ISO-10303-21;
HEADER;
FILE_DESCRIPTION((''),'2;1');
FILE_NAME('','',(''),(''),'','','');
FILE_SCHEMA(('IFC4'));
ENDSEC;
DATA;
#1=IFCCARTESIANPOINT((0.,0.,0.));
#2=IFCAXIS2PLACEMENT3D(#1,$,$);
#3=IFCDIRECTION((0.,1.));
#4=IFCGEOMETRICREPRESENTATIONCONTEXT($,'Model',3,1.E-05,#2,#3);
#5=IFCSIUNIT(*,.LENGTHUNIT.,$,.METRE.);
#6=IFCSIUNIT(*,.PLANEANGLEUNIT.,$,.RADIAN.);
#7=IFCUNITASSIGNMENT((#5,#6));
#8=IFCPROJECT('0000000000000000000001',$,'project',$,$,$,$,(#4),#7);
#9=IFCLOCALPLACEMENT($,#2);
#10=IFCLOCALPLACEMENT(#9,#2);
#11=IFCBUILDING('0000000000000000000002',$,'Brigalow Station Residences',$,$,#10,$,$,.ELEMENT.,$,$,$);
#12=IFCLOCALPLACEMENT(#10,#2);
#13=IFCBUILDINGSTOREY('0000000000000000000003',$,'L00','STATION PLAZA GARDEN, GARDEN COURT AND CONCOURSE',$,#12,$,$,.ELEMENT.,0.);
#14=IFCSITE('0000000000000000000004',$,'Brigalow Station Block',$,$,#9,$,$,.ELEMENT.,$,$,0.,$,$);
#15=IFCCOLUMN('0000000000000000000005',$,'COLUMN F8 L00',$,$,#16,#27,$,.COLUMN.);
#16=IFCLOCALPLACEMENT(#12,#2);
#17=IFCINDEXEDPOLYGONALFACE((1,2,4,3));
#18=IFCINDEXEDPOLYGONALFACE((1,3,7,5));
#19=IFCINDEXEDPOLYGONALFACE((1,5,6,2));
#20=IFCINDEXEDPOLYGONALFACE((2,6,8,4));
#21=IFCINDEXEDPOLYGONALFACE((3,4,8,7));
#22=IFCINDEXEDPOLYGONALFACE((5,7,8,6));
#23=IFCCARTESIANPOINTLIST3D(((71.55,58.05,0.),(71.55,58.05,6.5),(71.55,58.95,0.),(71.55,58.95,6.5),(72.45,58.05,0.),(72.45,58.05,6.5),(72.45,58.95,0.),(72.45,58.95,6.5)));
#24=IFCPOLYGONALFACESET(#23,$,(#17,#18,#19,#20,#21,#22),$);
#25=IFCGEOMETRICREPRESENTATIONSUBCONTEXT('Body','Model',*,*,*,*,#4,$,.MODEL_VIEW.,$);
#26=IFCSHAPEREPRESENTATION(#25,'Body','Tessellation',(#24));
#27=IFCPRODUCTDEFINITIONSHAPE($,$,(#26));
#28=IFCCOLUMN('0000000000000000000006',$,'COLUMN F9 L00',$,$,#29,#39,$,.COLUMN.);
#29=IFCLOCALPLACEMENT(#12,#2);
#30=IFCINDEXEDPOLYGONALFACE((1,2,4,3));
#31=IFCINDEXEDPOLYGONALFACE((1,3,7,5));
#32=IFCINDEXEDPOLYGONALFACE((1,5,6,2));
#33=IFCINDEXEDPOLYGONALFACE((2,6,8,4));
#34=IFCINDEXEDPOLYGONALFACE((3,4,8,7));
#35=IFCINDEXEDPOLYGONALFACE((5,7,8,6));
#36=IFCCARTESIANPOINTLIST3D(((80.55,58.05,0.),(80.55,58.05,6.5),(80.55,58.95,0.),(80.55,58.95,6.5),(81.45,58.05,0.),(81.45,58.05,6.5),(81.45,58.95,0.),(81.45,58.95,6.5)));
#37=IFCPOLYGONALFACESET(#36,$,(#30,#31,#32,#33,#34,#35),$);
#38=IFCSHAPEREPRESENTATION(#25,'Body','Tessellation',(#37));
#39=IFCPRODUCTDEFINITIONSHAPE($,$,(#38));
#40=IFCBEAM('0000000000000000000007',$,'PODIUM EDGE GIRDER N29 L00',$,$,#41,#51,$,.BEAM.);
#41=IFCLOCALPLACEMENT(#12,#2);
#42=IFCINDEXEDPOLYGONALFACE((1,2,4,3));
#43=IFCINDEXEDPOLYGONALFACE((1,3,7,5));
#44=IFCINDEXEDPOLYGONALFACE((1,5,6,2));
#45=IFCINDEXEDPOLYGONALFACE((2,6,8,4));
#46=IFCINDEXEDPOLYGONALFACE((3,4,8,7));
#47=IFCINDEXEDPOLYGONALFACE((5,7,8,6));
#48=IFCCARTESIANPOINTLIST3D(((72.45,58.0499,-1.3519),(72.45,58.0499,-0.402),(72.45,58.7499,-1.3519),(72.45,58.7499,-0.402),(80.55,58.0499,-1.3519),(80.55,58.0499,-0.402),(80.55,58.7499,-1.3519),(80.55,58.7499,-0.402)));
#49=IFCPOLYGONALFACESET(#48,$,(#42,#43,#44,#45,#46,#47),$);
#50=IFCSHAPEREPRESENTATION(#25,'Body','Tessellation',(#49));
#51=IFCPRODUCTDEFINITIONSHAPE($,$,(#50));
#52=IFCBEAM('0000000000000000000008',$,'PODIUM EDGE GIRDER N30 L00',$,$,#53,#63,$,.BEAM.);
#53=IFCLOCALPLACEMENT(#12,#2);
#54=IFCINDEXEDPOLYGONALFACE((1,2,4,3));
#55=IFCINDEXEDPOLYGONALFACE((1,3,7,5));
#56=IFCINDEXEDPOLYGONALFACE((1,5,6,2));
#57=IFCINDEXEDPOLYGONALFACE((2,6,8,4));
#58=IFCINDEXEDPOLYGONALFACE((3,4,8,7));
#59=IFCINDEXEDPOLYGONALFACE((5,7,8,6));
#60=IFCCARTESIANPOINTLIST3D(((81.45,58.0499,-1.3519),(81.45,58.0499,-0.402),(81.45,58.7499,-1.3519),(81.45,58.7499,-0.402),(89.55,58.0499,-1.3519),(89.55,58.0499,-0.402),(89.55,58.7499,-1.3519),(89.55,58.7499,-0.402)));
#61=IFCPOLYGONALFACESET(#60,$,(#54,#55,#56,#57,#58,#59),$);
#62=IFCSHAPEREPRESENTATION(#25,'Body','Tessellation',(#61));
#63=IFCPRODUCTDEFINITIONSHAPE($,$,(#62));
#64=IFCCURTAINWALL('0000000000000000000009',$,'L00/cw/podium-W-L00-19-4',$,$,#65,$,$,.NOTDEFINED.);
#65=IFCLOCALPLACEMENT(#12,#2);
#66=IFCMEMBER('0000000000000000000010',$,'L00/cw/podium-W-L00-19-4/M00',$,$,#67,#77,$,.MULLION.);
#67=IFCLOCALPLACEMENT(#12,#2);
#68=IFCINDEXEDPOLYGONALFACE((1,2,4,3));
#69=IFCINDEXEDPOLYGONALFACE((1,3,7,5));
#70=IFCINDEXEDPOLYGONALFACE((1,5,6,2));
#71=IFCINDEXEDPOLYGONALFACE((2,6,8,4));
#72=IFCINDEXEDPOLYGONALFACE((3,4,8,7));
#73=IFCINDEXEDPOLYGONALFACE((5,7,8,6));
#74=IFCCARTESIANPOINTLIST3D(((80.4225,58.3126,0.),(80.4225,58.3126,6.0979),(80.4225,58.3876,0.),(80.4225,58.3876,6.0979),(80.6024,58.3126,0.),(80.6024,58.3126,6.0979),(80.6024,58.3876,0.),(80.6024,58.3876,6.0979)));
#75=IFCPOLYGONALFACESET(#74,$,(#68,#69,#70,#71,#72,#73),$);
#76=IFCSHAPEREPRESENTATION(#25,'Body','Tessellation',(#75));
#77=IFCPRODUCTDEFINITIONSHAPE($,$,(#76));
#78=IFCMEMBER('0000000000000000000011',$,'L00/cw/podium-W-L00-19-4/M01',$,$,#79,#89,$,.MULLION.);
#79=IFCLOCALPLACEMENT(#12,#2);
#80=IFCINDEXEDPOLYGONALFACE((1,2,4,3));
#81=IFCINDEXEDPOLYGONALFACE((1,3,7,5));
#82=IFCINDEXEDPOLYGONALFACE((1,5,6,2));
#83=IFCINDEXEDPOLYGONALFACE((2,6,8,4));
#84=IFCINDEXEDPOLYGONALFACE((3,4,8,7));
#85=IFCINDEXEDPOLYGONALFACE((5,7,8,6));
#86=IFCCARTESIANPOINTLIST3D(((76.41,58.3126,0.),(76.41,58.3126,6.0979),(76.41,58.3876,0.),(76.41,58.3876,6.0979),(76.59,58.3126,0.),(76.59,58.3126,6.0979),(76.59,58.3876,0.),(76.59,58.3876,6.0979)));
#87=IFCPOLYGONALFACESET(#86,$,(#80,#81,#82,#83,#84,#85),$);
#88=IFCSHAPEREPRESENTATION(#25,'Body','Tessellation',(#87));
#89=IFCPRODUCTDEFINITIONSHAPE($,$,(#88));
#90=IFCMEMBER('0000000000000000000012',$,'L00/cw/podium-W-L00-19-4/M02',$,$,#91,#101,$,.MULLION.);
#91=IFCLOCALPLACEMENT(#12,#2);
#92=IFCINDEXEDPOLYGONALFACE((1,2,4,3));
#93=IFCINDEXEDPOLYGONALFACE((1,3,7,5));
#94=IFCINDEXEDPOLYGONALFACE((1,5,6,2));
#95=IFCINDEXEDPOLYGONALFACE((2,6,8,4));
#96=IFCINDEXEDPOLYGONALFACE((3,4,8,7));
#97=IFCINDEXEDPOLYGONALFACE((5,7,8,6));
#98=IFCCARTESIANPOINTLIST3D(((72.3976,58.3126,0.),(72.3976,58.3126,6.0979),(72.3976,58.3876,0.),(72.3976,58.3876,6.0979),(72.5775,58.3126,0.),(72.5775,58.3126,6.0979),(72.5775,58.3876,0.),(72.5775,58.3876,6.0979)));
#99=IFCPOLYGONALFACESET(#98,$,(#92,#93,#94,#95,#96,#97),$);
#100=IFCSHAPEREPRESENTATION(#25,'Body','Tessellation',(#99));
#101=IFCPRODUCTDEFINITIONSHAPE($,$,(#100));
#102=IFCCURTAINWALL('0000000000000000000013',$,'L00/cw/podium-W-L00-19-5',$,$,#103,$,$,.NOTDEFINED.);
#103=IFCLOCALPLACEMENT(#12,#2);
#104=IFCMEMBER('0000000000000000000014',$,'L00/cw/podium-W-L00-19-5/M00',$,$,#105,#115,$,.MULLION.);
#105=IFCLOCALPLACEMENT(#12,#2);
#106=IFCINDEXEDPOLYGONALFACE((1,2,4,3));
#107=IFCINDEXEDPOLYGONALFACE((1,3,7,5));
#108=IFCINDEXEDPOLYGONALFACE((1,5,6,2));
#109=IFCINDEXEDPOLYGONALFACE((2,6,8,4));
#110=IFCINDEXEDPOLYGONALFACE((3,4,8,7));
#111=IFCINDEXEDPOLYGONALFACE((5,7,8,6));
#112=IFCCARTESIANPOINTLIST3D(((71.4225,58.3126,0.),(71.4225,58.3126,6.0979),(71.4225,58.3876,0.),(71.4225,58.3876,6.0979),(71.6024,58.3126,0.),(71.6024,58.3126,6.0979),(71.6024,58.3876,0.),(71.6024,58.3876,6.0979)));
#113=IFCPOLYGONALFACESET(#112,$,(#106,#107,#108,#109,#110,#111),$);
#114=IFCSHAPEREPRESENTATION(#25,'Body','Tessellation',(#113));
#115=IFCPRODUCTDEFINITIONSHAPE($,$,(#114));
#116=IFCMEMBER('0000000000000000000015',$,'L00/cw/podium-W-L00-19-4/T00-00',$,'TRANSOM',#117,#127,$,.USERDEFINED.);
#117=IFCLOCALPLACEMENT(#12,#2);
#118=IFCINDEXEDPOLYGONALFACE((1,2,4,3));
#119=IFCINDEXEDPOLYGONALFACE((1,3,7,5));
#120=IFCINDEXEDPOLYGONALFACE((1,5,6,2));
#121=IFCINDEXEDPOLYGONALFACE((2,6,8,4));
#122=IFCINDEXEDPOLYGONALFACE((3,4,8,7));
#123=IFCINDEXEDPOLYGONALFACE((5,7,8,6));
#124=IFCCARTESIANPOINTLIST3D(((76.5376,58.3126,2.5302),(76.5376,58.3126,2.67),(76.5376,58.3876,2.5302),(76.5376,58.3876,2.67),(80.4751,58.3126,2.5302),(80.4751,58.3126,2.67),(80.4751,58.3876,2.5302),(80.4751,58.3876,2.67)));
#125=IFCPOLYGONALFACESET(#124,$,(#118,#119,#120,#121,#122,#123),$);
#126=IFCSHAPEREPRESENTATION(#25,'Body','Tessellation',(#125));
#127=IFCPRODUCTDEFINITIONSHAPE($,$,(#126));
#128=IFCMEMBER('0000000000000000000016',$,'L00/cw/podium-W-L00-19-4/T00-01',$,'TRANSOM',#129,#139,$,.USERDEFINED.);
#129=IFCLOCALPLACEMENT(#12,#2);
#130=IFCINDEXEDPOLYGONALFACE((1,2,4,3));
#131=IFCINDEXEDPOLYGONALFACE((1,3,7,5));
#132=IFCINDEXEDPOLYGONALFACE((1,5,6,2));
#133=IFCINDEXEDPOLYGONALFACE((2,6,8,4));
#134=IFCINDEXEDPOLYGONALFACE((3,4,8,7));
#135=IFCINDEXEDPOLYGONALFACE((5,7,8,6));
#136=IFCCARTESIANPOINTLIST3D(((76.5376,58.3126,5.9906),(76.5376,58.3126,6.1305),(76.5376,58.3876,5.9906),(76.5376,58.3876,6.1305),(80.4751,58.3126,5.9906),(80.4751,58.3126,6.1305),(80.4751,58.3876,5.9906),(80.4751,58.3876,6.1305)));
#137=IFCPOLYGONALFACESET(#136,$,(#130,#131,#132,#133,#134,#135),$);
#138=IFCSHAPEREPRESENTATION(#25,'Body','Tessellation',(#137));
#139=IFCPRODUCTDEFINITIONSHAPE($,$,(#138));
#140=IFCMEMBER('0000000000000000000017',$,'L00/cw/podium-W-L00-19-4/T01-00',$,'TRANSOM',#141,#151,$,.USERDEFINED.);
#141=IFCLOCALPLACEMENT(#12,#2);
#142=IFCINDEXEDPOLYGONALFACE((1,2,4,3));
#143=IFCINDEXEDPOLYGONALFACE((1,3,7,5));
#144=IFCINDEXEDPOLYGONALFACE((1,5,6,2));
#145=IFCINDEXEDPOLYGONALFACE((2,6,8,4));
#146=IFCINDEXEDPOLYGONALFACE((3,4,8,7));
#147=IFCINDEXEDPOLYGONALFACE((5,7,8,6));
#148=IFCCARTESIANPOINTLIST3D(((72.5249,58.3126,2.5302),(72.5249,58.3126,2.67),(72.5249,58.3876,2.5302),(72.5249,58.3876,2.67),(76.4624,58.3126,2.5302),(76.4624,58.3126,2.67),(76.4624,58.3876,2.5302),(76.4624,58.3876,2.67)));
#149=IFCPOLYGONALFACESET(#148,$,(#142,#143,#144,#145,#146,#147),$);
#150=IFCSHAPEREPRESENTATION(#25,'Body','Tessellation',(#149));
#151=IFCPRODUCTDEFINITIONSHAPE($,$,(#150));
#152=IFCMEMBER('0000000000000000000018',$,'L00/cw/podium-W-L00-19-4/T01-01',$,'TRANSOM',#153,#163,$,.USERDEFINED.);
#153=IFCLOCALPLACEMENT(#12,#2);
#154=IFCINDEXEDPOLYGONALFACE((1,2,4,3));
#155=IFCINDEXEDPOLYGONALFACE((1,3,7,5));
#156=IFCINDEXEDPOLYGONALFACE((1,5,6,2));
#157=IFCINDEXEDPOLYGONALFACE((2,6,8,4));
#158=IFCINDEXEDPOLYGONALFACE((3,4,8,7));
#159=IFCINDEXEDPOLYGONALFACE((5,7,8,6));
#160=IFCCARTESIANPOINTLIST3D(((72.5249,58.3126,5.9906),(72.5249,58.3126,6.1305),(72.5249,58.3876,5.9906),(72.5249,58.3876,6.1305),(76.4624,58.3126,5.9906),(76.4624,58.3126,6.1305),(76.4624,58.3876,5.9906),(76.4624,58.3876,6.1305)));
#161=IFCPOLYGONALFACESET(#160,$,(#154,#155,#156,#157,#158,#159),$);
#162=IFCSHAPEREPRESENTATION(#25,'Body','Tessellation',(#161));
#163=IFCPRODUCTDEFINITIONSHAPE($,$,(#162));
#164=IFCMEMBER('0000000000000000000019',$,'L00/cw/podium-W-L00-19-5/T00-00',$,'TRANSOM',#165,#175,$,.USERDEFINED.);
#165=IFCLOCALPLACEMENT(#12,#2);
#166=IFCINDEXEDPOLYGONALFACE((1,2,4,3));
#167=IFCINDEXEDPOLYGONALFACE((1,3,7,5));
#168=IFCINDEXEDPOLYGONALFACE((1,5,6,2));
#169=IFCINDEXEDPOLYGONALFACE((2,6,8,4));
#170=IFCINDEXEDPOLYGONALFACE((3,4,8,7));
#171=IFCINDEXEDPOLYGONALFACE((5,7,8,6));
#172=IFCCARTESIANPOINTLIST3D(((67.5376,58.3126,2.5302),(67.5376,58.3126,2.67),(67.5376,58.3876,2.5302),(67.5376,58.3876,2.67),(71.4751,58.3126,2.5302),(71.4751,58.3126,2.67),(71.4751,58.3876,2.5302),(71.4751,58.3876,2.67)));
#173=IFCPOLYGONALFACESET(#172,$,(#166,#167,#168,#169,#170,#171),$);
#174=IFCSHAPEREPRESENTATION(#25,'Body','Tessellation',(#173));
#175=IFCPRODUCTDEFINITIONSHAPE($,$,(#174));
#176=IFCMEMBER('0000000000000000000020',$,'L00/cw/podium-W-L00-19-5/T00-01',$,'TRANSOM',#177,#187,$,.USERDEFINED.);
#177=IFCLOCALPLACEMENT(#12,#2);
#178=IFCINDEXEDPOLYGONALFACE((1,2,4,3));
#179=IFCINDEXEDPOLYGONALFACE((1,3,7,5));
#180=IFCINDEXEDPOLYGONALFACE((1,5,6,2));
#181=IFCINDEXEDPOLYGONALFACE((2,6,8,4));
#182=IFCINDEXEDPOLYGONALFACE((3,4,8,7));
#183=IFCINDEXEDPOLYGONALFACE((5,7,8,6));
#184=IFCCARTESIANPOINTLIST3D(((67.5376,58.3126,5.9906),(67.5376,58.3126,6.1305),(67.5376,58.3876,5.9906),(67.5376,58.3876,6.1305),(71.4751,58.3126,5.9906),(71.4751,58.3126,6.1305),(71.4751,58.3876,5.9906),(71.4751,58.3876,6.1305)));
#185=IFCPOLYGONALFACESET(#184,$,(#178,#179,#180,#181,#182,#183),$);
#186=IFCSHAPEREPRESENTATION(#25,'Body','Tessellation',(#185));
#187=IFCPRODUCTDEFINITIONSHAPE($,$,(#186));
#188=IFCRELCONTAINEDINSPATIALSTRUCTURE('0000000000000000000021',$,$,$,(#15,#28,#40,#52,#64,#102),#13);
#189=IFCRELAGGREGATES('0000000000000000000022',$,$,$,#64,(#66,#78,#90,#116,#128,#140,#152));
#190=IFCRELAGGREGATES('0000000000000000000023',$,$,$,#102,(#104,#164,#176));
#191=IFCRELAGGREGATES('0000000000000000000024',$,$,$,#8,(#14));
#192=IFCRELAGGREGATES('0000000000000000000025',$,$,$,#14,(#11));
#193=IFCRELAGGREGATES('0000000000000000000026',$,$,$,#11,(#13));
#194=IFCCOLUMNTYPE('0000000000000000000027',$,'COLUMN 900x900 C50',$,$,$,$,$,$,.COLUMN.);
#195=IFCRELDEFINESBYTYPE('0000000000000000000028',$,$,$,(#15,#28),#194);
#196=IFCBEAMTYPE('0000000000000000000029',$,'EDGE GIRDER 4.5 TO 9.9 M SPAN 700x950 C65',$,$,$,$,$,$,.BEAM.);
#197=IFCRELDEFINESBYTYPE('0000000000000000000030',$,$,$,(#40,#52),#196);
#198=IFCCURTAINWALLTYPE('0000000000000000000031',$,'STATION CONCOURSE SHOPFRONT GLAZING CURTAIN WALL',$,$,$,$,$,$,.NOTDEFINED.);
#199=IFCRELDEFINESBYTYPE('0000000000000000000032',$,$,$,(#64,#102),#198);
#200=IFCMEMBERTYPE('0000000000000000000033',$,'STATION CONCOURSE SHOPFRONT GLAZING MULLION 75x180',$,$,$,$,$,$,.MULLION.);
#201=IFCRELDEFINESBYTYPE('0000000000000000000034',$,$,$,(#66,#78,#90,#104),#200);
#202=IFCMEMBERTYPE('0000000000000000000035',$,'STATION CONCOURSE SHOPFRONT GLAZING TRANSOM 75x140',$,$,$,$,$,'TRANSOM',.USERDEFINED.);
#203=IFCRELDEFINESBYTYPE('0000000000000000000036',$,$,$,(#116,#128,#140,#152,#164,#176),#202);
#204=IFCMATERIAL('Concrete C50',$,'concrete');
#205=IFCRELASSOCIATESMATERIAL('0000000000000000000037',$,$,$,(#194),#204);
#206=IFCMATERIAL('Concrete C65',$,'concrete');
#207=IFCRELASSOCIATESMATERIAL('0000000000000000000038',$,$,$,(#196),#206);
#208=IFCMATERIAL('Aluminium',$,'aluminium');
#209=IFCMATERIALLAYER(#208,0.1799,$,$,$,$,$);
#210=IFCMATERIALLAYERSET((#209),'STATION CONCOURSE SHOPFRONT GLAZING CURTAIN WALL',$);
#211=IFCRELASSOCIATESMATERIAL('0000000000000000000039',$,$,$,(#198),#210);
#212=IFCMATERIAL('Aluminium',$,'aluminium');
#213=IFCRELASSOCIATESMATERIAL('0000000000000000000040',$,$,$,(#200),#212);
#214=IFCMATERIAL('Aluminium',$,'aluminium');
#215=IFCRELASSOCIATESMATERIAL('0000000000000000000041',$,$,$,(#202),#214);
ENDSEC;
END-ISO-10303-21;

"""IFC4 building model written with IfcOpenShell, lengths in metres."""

from ifc_helpers import new_model, si_unit, direction, frame, origin, origin_2d, place, context, subcontext, project, spatial, rectangle, extrude, material, layer, layer_set, material_profile, profile_set, type_object, element, aggregate, save


model = new_model("IFC4")

# Units and contexts
model_context = context("Model", 3, precision=1e-05, world=origin(), true_north=direction((0.0, 1.0)))
body_context = subcontext(model_context, "Body", "Model", "MODEL_VIEW")
ifc_project = project(units=[si_unit("LENGTHUNIT", "METRE"), si_unit("PLANEANGLEUNIT", "RADIAN")], contexts=[model_context])

# Site, building, storey
site_placement = place(None, origin())
site = spatial("IfcSite", under=ifc_project, at=site_placement, Name="Brigalow Station Block", CompositionType="ELEMENT", RefElevation=0.0)
building_placement = place(site_placement, origin())
building = spatial("IfcBuilding", under=site, at=building_placement, Name="Brigalow Station Residences", CompositionType="ELEMENT")
storey_placement = place(building_placement, origin())
storey = spatial("IfcBuildingStorey", under=building, at=storey_placement, Name="L00", Description="STATION PLAZA GARDEN, GARDEN COURT AND CONCOURSE", CompositionType="ELEMENT", Elevation=0.0)

# Columns
ifc_material_1 = material(Name="Concrete C50", Category="concrete")
ifc_material_profile_1 = material_profile(ifc_material_1, rectangle(XDim=0.8999, YDim=0.8999, at=origin_2d()), Name="RC900x900")
ifc_profile_set_1 = profile_set([ifc_material_profile_1], Name="Concrete C50")
column_type = type_object("IfcColumnType", Name="COLUMN 900x900 C50", PredefinedType="COLUMN", material=ifc_profile_set_1)
for number, where, z_axis, x_axis, name in (
    (1, (72.0, 58.5, 0.0), (0.0, 0.0, 1.0), (1.0, 0.0, 0.0), "COLUMN F8 L00"),
    (2, (81.0, 58.5, 0.0), (0.0, 0.0, 1.0), (1.0, 0.0, 0.0), "COLUMN F9 L00"),
):
    element("IfcColumn", number, at=place(storey_placement, frame(where, z_axis=z_axis, x_axis=x_axis)), inside=storey, type_object=column_type, Name=name, PredefinedType="COLUMN", context=body_context, shape_type="SweptSolid", body=[
        extrude(rectangle(XDim=0.8999, YDim=0.8999, at=origin_2d()), origin(), (0.0, 0.0, 1.0), 6.5),
    ])

# Beams
ifc_material_2 = material(Name="Concrete C65", Category="concrete")
ifc_material_profile_2 = material_profile(ifc_material_2, rectangle(XDim=0.7, YDim=0.95, at=origin_2d()), Name="RC700x950")
ifc_profile_set_2 = profile_set([ifc_material_profile_2], Name="Concrete C65")
beam_type = type_object("IfcBeamType", Name="EDGE GIRDER 4.5 TO 9.9 M SPAN 700x950 C65", PredefinedType="BEAM", material=ifc_profile_set_2)
for number, where, z_axis, x_axis, name in (
    (3, (72.45, 58.3999, -0.877), (1.0, 0.0, 0.0), (0.0, 1.0, 0.0), "PODIUM EDGE GIRDER N29 L00"),
    (4, (81.45, 58.3999, -0.877), (1.0, 0.0, 0.0), (0.0, 1.0, 0.0), "PODIUM EDGE GIRDER N30 L00"),
):
    element("IfcBeam", number, at=place(storey_placement, frame(where, z_axis=z_axis, x_axis=x_axis)), inside=storey, type_object=beam_type, Name=name, PredefinedType="BEAM", context=body_context, shape_type="SweptSolid", body=[
        extrude(rectangle(XDim=0.7, YDim=0.95, at=origin_2d()), origin(), (0.0, 0.0, 1.0), 8.1001),
    ])

# Curtain wall, members
ifc_material_3 = material(Name="Aluminium", Category="aluminium")
ifc_layer_1 = layer(ifc_material_3, 0.1799)
ifc_layer_set_1 = layer_set([ifc_layer_1], Name="STATION CONCOURSE SHOPFRONT GLAZING CURTAIN WALL")
curtain_wall_type = type_object("IfcCurtainWallType", Name="STATION CONCOURSE SHOPFRONT GLAZING CURTAIN WALL", PredefinedType="NOTDEFINED", material=ifc_layer_set_1)
curtain_wall_1_placement = place(storey_placement, origin())
curtain_wall_1 = element("IfcCurtainWall", 5, at=curtain_wall_1_placement, inside=storey, type_object=curtain_wall_type, Name="L00/cw/podium-W-L00-19-4", PredefinedType="NOTDEFINED")
ifc_material_4 = material(Name="Aluminium", Category="aluminium")
ifc_material_profile_3 = material_profile(ifc_material_4, rectangle(XDim=0.075, YDim=0.1799, at=origin_2d()), Name="STATION CONCOURSE SHOPFRONT GLAZING MULLION 75x180")
ifc_profile_set_3 = profile_set([ifc_material_profile_3], Name="Aluminium")
member_type_1 = type_object("IfcMemberType", Name="STATION CONCOURSE SHOPFRONT GLAZING MULLION 75x180", PredefinedType="MULLION", material=ifc_profile_set_3)
member_1_placement = place(storey_placement, frame((80.5125, 58.3501, 0.0), z_axis=(0.0, 0.0, 1.0), x_axis=(0.0, -1.0, 0.0)))
member_1 = element("IfcMember", 6, at=member_1_placement, type_object=member_type_1, Name="L00/cw/podium-W-L00-19-4/M00", PredefinedType="MULLION", context=body_context, shape_type="SweptSolid", body=[
    extrude(rectangle(XDim=0.075, YDim=0.1799, at=origin_2d()), origin(), (0.0, 0.0, 1.0), 6.0979),
])
member_2_placement = place(storey_placement, frame((76.5, 58.3501, 0.0), z_axis=(0.0, 0.0, 1.0), x_axis=(0.0, -1.0, 0.0)))
member_2 = element("IfcMember", 7, at=member_2_placement, type_object=member_type_1, Name="L00/cw/podium-W-L00-19-4/M01", PredefinedType="MULLION", context=body_context, shape_type="SweptSolid", body=[
    extrude(rectangle(XDim=0.075, YDim=0.1799, at=origin_2d()), origin(), (0.0, 0.0, 1.0), 6.0979),
])
member_3_placement = place(storey_placement, frame((72.4875, 58.3501, 0.0), z_axis=(0.0, 0.0, 1.0), x_axis=(0.0, -1.0, 0.0)))
member_3 = element("IfcMember", 8, at=member_3_placement, type_object=member_type_1, Name="L00/cw/podium-W-L00-19-4/M02", PredefinedType="MULLION", context=body_context, shape_type="SweptSolid", body=[
    extrude(rectangle(XDim=0.075, YDim=0.1799, at=origin_2d()), origin(), (0.0, 0.0, 1.0), 6.0979),
])

# Curtain wall, member
curtain_wall_2_placement = place(storey_placement, origin())
curtain_wall_2 = element("IfcCurtainWall", 9, at=curtain_wall_2_placement, inside=storey, type_object=curtain_wall_type, Name="L00/cw/podium-W-L00-19-5", PredefinedType="NOTDEFINED")
member_4_placement = place(storey_placement, frame((71.5125, 58.3501, 0.0), z_axis=(0.0, 0.0, 1.0), x_axis=(0.0, -1.0, 0.0)))
member_4 = element("IfcMember", 10, at=member_4_placement, type_object=member_type_1, Name="L00/cw/podium-W-L00-19-5/M00", PredefinedType="MULLION", context=body_context, shape_type="SweptSolid", body=[
    extrude(rectangle(XDim=0.075, YDim=0.1799, at=origin_2d()), origin(), (0.0, 0.0, 1.0), 6.0979),
])

# Members
ifc_material_5 = material(Name="Aluminium", Category="aluminium")
ifc_material_profile_4 = material_profile(ifc_material_5, rectangle(XDim=0.075, YDim=0.1399, at=origin_2d()), Name="STATION CONCOURSE SHOPFRONT GLAZING TRANSOM 75x140")
ifc_profile_set_4 = profile_set([ifc_material_profile_4], Name="Aluminium")
member_type_2 = type_object("IfcMemberType", Name="STATION CONCOURSE SHOPFRONT GLAZING TRANSOM 75x140", ElementType="TRANSOM", PredefinedType="USERDEFINED", material=ifc_profile_set_4)
member_5_placement = place(storey_placement, frame((80.4751, 58.3501, 2.6001), z_axis=(-1.0, 0.0, 0.0), x_axis=(0.0, -1.0, 0.0)))
member_5 = element("IfcMember", 11, at=member_5_placement, type_object=member_type_2, Name="L00/cw/podium-W-L00-19-4/T00-00", ObjectType="TRANSOM", PredefinedType="USERDEFINED", context=body_context, shape_type="SweptSolid", body=[
    extrude(rectangle(XDim=0.075, YDim=0.1399, at=origin_2d()), origin(), (0.0, 0.0, 1.0), 3.9375),
])
member_6_placement = place(storey_placement, frame((80.4751, 58.3501, 6.0605), z_axis=(-1.0, 0.0, 0.0), x_axis=(0.0, -1.0, 0.0)))
member_6 = element("IfcMember", 12, at=member_6_placement, type_object=member_type_2, Name="L00/cw/podium-W-L00-19-4/T00-01", ObjectType="TRANSOM", PredefinedType="USERDEFINED", context=body_context, shape_type="SweptSolid", body=[
    extrude(rectangle(XDim=0.075, YDim=0.1399, at=origin_2d()), origin(), (0.0, 0.0, 1.0), 3.9375),
])
member_7_placement = place(storey_placement, frame((76.4624, 58.3501, 2.6001), z_axis=(-1.0, 0.0, 0.0), x_axis=(0.0, -1.0, 0.0)))
member_7 = element("IfcMember", 13, at=member_7_placement, type_object=member_type_2, Name="L00/cw/podium-W-L00-19-4/T01-00", ObjectType="TRANSOM", PredefinedType="USERDEFINED", context=body_context, shape_type="SweptSolid", body=[
    extrude(rectangle(XDim=0.075, YDim=0.1399, at=origin_2d()), origin(), (0.0, 0.0, 1.0), 3.9375),
])
member_8_placement = place(storey_placement, frame((76.4624, 58.3501, 6.0605), z_axis=(-1.0, 0.0, 0.0), x_axis=(0.0, -1.0, 0.0)))
member_8 = element("IfcMember", 14, at=member_8_placement, type_object=member_type_2, Name="L00/cw/podium-W-L00-19-4/T01-01", ObjectType="TRANSOM", PredefinedType="USERDEFINED", context=body_context, shape_type="SweptSolid", body=[
    extrude(rectangle(XDim=0.075, YDim=0.1399, at=origin_2d()), origin(), (0.0, 0.0, 1.0), 3.9375),
])
member_9_placement = place(storey_placement, frame((71.4751, 58.3501, 2.6001), z_axis=(-1.0, 0.0, 0.0), x_axis=(0.0, -1.0, 0.0)))
member_9 = element("IfcMember", 15, at=member_9_placement, type_object=member_type_2, Name="L00/cw/podium-W-L00-19-5/T00-00", ObjectType="TRANSOM", PredefinedType="USERDEFINED", context=body_context, shape_type="SweptSolid", body=[
    extrude(rectangle(XDim=0.075, YDim=0.1399, at=origin_2d()), origin(), (0.0, 0.0, 1.0), 3.9375),
])
member_10_placement = place(storey_placement, frame((71.4751, 58.3501, 6.0605), z_axis=(-1.0, 0.0, 0.0), x_axis=(0.0, -1.0, 0.0)))
member_10 = element("IfcMember", 16, at=member_10_placement, type_object=member_type_2, Name="L00/cw/podium-W-L00-19-5/T00-01", ObjectType="TRANSOM", PredefinedType="USERDEFINED", context=body_context, shape_type="SweptSolid", body=[
    extrude(rectangle(XDim=0.075, YDim=0.1399, at=origin_2d()), origin(), (0.0, 0.0, 1.0), 3.9375),
])

aggregate(curtain_wall_1, [member_1, member_2, member_3, member_5, member_6, member_7, member_8])
aggregate(curtain_wall_2, [member_4, member_9, member_10])

save(model, "model.ifc")
